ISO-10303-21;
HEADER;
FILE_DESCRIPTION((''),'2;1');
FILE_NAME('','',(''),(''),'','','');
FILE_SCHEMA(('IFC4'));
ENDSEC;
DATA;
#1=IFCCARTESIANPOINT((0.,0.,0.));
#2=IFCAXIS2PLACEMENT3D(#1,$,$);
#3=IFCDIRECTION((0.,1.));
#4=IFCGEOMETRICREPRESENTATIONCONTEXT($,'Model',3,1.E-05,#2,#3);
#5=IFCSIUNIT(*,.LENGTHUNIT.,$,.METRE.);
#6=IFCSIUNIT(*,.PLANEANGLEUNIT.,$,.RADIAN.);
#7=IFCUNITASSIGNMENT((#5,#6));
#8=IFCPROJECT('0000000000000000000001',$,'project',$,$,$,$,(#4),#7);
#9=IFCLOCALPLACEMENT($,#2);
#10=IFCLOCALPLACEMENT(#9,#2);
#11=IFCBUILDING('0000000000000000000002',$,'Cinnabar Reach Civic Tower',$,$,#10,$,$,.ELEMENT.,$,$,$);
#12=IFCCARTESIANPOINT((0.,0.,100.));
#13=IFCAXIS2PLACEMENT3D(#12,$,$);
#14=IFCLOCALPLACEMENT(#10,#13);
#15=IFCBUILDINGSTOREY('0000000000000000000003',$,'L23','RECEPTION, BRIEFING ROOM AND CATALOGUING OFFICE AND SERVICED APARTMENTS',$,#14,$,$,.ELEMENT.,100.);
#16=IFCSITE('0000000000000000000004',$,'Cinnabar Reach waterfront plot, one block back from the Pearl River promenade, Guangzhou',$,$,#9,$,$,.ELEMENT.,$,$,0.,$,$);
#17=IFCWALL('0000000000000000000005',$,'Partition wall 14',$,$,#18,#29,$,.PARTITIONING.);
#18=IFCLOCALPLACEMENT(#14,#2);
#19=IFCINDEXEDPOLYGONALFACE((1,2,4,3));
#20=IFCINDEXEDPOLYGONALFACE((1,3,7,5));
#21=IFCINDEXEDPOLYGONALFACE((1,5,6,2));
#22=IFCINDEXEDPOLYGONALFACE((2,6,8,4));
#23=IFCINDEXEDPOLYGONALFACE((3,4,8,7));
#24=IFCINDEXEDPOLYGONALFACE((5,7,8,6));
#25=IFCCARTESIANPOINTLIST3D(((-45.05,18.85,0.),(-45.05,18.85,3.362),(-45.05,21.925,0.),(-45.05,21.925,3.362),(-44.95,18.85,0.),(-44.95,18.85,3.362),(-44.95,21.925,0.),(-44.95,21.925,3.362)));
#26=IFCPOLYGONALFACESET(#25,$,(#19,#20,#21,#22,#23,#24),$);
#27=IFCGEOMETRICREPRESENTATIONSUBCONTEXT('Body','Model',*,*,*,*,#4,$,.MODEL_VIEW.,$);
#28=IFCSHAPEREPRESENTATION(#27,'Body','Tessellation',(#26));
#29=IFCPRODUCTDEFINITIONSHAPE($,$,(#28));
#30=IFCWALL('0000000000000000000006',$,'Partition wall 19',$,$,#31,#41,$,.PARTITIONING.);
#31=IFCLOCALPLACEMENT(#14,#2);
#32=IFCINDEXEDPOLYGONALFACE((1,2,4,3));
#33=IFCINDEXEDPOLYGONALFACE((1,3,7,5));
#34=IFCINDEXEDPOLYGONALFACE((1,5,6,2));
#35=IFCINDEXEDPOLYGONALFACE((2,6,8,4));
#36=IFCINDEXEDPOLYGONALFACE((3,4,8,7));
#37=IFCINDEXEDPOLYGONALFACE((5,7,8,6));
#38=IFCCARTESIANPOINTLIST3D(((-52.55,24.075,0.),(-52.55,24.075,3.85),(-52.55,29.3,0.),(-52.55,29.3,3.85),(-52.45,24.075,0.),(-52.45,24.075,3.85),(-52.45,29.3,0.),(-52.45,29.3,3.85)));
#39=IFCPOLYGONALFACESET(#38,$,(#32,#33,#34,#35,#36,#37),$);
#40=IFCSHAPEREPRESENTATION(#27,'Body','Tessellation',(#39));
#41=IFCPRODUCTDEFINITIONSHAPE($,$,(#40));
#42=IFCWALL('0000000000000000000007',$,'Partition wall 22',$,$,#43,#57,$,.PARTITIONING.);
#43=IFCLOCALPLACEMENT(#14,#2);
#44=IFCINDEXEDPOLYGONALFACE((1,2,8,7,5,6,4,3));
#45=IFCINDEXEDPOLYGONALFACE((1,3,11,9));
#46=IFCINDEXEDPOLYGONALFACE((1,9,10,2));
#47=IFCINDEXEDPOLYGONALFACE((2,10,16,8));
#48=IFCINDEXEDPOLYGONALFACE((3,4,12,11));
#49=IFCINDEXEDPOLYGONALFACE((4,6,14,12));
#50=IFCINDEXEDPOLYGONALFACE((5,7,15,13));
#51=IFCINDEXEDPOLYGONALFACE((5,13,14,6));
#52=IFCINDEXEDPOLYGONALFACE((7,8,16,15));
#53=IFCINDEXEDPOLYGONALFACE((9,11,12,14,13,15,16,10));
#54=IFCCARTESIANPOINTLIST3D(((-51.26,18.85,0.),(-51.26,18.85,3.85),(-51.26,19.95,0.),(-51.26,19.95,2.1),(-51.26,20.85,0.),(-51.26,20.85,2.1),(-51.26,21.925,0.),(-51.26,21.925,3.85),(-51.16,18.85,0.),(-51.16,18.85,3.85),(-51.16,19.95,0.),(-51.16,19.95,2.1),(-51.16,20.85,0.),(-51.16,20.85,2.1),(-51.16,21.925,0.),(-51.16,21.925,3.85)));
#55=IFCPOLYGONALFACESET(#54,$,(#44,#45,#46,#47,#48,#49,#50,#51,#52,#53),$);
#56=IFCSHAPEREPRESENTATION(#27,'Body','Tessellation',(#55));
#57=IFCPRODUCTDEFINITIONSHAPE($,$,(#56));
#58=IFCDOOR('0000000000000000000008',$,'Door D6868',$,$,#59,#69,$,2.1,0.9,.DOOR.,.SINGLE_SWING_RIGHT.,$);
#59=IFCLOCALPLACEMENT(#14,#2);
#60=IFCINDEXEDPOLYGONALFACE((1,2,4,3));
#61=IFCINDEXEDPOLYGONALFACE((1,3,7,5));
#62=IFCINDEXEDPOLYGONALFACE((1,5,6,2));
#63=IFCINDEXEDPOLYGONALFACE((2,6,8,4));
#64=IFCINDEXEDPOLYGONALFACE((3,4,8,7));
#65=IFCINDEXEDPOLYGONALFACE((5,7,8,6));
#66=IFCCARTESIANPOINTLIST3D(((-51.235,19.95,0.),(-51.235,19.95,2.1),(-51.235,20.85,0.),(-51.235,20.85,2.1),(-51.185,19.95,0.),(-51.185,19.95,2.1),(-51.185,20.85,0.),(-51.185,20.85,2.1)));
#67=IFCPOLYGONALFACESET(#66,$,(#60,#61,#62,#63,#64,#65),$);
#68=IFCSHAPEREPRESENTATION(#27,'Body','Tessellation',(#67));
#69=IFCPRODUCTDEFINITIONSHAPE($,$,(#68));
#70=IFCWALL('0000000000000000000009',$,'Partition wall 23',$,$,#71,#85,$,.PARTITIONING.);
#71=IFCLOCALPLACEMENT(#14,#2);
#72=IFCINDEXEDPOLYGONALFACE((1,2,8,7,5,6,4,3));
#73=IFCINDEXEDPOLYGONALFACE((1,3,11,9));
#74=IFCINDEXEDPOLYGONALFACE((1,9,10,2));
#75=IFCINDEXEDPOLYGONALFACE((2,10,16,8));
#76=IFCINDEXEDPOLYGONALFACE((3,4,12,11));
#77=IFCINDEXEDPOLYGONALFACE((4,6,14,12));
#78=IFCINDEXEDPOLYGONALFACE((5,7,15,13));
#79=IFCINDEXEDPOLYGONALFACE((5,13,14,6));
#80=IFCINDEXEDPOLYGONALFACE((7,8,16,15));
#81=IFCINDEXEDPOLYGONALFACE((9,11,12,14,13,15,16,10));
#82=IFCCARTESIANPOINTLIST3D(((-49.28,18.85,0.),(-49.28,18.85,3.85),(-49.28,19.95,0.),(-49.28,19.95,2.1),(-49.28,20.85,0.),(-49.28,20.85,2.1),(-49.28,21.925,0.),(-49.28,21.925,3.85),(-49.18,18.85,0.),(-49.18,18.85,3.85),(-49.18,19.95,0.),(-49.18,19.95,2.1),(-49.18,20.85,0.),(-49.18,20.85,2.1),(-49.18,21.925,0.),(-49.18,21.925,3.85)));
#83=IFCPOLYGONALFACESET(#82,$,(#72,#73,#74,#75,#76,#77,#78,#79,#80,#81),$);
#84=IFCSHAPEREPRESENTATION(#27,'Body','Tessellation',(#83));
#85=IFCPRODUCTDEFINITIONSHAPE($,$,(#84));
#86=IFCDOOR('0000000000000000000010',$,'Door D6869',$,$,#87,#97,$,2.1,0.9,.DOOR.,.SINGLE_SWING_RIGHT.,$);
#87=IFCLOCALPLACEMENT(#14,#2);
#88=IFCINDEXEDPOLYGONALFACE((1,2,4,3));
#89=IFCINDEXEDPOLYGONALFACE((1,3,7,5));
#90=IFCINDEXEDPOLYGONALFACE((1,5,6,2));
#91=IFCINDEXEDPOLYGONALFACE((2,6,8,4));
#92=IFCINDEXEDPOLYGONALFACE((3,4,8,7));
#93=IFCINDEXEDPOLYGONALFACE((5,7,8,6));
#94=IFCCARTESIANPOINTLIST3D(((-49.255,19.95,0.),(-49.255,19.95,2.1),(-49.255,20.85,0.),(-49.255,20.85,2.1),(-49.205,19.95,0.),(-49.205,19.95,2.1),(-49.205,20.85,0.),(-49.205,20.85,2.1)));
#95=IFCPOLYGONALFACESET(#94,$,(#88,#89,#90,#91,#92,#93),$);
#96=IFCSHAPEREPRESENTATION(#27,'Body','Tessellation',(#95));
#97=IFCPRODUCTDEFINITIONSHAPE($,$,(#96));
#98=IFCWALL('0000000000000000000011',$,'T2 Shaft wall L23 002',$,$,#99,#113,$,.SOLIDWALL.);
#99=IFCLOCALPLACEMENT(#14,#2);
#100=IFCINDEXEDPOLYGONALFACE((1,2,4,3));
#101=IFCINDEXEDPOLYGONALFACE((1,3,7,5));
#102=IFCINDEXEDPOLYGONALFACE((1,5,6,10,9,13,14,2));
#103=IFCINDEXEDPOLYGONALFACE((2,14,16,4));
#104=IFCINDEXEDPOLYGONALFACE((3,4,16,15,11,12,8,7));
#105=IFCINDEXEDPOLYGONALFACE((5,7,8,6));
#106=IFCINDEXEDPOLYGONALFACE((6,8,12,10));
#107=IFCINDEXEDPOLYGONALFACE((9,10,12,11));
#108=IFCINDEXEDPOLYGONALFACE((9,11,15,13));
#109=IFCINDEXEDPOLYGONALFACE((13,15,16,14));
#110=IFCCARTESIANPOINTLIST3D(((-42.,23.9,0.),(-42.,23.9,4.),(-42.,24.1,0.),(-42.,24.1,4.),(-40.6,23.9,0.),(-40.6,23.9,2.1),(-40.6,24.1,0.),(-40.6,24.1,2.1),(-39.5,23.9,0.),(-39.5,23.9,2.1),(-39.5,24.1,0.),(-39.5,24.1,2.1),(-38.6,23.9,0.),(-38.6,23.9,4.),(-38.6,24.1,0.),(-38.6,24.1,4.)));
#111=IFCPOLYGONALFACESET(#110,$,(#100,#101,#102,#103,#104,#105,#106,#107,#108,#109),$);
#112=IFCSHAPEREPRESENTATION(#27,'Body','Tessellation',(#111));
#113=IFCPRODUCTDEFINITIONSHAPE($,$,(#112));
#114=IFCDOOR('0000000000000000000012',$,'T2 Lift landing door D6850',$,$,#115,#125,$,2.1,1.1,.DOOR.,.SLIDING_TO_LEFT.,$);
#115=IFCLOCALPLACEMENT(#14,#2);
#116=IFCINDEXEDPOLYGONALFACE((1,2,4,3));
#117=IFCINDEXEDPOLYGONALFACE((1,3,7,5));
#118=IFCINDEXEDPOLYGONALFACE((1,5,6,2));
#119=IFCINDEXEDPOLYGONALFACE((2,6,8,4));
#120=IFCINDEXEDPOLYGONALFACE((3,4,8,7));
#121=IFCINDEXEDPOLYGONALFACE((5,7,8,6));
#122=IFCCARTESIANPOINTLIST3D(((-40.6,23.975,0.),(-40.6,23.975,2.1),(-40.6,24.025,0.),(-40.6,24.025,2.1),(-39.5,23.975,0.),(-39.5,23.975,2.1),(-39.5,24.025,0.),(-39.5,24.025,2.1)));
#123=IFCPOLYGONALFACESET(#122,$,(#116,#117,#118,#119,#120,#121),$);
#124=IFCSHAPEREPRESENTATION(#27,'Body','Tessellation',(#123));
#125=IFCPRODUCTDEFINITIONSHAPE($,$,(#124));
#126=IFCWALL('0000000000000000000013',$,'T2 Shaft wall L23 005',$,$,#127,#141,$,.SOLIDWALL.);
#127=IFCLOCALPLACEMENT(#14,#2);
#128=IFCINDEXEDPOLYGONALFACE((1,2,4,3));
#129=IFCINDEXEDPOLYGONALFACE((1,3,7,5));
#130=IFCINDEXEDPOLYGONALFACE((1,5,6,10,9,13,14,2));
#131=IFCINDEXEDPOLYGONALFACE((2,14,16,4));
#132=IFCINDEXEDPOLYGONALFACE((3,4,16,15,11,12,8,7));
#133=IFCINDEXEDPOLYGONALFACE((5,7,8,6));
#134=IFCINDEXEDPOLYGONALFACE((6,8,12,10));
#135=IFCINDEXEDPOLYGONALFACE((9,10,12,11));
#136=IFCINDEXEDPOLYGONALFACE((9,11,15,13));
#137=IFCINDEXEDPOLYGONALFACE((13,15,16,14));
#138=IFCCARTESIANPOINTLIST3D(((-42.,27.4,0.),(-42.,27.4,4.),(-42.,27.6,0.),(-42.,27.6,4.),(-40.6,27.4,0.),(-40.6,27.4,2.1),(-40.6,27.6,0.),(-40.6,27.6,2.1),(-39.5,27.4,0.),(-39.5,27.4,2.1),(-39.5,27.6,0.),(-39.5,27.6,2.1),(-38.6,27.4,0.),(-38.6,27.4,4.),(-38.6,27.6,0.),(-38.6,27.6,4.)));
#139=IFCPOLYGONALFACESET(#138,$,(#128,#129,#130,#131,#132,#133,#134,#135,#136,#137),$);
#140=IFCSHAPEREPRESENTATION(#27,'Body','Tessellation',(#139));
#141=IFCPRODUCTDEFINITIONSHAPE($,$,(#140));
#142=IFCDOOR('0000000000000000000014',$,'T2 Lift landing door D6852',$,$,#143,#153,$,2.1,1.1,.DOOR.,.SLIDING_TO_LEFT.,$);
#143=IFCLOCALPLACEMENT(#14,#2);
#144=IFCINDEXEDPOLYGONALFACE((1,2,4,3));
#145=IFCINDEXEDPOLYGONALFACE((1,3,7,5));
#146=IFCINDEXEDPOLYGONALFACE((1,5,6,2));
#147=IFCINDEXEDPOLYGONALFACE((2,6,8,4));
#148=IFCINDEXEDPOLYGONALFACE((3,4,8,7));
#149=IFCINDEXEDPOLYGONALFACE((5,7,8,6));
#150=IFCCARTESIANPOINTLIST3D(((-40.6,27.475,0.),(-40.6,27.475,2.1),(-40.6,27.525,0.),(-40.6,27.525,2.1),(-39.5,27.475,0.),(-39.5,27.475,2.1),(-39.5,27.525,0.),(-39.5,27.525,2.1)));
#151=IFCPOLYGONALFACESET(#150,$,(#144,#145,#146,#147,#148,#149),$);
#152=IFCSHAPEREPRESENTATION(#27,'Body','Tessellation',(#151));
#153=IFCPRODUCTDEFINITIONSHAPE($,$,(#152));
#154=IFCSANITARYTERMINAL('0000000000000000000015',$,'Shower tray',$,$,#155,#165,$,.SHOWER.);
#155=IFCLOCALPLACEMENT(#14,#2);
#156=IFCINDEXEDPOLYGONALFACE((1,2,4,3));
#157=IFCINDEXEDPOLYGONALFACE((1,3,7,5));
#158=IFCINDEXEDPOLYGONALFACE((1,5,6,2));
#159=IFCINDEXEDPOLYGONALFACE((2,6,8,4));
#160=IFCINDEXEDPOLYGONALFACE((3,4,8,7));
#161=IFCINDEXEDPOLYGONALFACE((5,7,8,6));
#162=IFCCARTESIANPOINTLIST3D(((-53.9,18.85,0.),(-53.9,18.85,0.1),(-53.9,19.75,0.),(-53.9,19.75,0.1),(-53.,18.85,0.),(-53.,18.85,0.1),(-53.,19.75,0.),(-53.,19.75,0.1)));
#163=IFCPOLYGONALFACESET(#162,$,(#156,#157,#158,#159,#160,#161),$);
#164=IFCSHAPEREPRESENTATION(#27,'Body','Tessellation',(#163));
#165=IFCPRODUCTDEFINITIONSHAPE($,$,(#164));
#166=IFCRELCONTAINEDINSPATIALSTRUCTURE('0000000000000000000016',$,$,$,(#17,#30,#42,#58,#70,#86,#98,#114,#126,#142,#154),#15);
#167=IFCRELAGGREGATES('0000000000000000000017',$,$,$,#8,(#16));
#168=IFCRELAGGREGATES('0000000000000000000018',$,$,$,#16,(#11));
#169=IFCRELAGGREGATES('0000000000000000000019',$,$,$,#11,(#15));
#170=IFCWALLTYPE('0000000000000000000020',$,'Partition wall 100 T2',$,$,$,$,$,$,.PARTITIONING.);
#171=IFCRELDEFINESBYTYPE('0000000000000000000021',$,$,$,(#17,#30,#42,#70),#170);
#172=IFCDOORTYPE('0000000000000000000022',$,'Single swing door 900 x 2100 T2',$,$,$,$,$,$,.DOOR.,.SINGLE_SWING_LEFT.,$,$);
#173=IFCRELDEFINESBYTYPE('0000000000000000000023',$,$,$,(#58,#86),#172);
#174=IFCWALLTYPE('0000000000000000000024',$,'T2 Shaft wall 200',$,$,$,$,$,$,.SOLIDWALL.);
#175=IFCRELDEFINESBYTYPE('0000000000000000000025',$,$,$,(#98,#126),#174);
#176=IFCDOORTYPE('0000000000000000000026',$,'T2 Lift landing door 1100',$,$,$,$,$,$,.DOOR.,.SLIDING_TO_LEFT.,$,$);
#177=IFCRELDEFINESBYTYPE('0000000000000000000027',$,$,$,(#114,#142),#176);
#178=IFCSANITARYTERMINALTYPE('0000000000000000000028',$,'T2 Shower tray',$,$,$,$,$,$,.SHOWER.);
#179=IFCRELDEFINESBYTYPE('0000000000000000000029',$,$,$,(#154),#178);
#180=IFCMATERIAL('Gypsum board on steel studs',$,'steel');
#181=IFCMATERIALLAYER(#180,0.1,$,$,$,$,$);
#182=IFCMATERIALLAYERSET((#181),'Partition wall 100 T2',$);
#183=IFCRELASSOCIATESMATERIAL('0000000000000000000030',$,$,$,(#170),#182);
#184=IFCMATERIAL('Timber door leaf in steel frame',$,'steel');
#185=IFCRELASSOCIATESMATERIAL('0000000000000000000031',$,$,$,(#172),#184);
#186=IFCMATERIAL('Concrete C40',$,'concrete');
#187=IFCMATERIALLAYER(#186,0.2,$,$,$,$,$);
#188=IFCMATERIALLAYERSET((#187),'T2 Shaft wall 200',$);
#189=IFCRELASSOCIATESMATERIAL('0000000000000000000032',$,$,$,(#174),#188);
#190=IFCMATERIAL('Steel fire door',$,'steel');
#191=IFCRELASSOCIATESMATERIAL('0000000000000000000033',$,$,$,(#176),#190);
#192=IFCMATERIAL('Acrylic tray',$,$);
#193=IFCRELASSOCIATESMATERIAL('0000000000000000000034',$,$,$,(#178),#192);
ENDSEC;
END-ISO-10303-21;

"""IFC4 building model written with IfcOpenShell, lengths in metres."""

from ifc_helpers import new_model, si_unit, direction, frame, frame_2d, origin, origin_2d, place, context, subcontext, project, spatial, rectangle, extrude, material, layer, layer_set, type_object, element, fill, save


model = new_model("IFC4")

# Units and contexts
model_context = context("Model", 3, precision=1e-05, world=origin(), true_north=direction((0.0, 1.0)))
body_context = subcontext(model_context, "Body", "Model", "MODEL_VIEW")
ifc_project = project(units=[si_unit("LENGTHUNIT", "METRE"), si_unit("PLANEANGLEUNIT", "RADIAN")], contexts=[model_context])

# Site, building, storey
site_placement = place(None, origin())
site = spatial("IfcSite", under=ifc_project, at=site_placement, Name="Cinnabar Reach waterfront plot, one block back from the Pearl River promenade, Guangzhou", CompositionType="ELEMENT", RefElevation=0.0)
building_placement = place(site_placement, origin())
building = spatial("IfcBuilding", under=site, at=building_placement, Name="Cinnabar Reach Civic Tower", CompositionType="ELEMENT")
storey_placement = place(building_placement, frame((0.0, 0.0, 100.0)))
storey = spatial("IfcBuildingStorey", under=building, at=storey_placement, Name="L23", Description="RECEPTION, BRIEFING ROOM AND CATALOGUING OFFICE AND SERVICED APARTMENTS", CompositionType="ELEMENT", Elevation=100.0)

# Walls
ifc_material_1 = material(Name="Gypsum board on steel studs", Category="steel")
ifc_layer_1 = layer(ifc_material_1, 0.1)
ifc_layer_set_1 = layer_set([ifc_layer_1], Name="Partition wall 100 T2")
wall_type_1 = type_object("IfcWallType", Name="Partition wall 100 T2", PredefinedType="PARTITIONING", material=ifc_layer_set_1)
wall_1_placement = place(storey_placement, frame((-45.0, 18.85, 0.0), z_axis=(0.0, 0.0, 1.0), x_axis=(0.0, 1.0, 0.0)))
element("IfcWall", 1, at=wall_1_placement, inside=storey, type_object=wall_type_1, Name="Partition wall 14", PredefinedType="PARTITIONING", context=body_context, shape_type="SweptSolid", body=[
    extrude(rectangle(XDim=3.075, YDim=0.1, at=frame_2d((1.5375, 0.0))), origin(), (0.0, 0.0, 1.0), 3.362),
])
wall_2_placement = place(storey_placement, frame((-52.5, 24.075, 0.0), z_axis=(0.0, 0.0, 1.0), x_axis=(0.0, 1.0, 0.0)))
element("IfcWall", 2, at=wall_2_placement, inside=storey, type_object=wall_type_1, Name="Partition wall 19", PredefinedType="PARTITIONING", context=body_context, shape_type="SweptSolid", body=[
    extrude(rectangle(XDim=5.225, YDim=0.1, at=frame_2d((2.6125, 0.0))), origin(), (0.0, 0.0, 1.0), 3.85),
])

# Walls, openings, doors
wall_3_placement = place(storey_placement, frame((-51.21, 18.85, 0.0), z_axis=(0.0, 0.0, 1.0), x_axis=(0.0, 1.0, 0.0)))
wall_3 = element("IfcWall", 3, at=wall_3_placement, inside=storey, type_object=wall_type_1, Name="Partition wall 22", PredefinedType="PARTITIONING", context=body_context, shape_type="SweptSolid", body=[
    extrude(rectangle(XDim=3.075, YDim=0.1, at=frame_2d((1.5375, 0.0))), origin(), (0.0, 0.0, 1.0), 3.85),
])
opening_1_placement = place(wall_3_placement, frame((1.1, 0.0, 0.0)))
opening_1 = element("IfcOpeningElement", 4, at=opening_1_placement, cuts=wall_3, PredefinedType="OPENING", context=body_context, shape_type="SweptSolid", body=[
    extrude(rectangle(XDim=0.9, YDim=2.1, at=frame_2d((0.45, 1.05))), frame((0.0, 0.06, 0.0), z_axis=(0.0, -1.0, 0.0), x_axis=(1.0, 0.0, 0.0)), (0.0, 0.0, 1.0), 0.12),
])
ifc_material_2 = material(Name="Timber door leaf in steel frame", Category="steel")
door_type_1 = type_object("IfcDoorType", Name="Single swing door 900 x 2100 T2", OperationType="SINGLE_SWING_LEFT", PredefinedType="DOOR", material=ifc_material_2)
door_1_placement = place(opening_1_placement, origin())
door_1 = element("IfcDoor", 5, at=door_1_placement, inside=storey, type_object=door_type_1, Name="Door D6868", OperationType="SINGLE_SWING_RIGHT", OverallHeight=2.1, OverallWidth=0.9, PredefinedType="DOOR", context=body_context, shape_type="SweptSolid", body=[
    extrude(rectangle(XDim=0.9, YDim=2.1, at=frame_2d((0.45, 1.05))), frame((0.0, 0.025, 0.0), z_axis=(0.0, -1.0, 0.0), x_axis=(1.0, 0.0, 0.0)), (0.0, 0.0, 1.0), 0.05),
])
fill(opening_1, door_1)
wall_4_placement = place(storey_placement, frame((-49.23, 18.85, 0.0), z_axis=(0.0, 0.0, 1.0), x_axis=(0.0, 1.0, 0.0)))
wall_4 = element("IfcWall", 6, at=wall_4_placement, inside=storey, type_object=wall_type_1, Name="Partition wall 23", PredefinedType="PARTITIONING", context=body_context, shape_type="SweptSolid", body=[
    extrude(rectangle(XDim=3.075, YDim=0.1, at=frame_2d((1.5375, 0.0))), origin(), (0.0, 0.0, 1.0), 3.85),
])
opening_2_placement = place(wall_4_placement, frame((1.1, 0.0, 0.0)))
opening_2 = element("IfcOpeningElement", 7, at=opening_2_placement, cuts=wall_4, PredefinedType="OPENING", context=body_context, shape_type="SweptSolid", body=[
    extrude(rectangle(XDim=0.9, YDim=2.1, at=frame_2d((0.45, 1.05))), frame((0.0, 0.06, 0.0), z_axis=(0.0, -1.0, 0.0), x_axis=(1.0, 0.0, 0.0)), (0.0, 0.0, 1.0), 0.12),
])
door_2_placement = place(opening_2_placement, origin())
door_2 = element("IfcDoor", 8, at=door_2_placement, inside=storey, type_object=door_type_1, Name="Door D6869", OperationType="SINGLE_SWING_RIGHT", OverallHeight=2.1, OverallWidth=0.9, PredefinedType="DOOR", context=body_context, shape_type="SweptSolid", body=[
    extrude(rectangle(XDim=0.9, YDim=2.1, at=frame_2d((0.45, 1.05))), frame((0.0, 0.025, 0.0), z_axis=(0.0, -1.0, 0.0), x_axis=(1.0, 0.0, 0.0)), (0.0, 0.0, 1.0), 0.05),
])
fill(opening_2, door_2)
ifc_material_3 = material(Name="Concrete C40", Category="concrete")
ifc_layer_2 = layer(ifc_material_3, 0.2)
ifc_layer_set_2 = layer_set([ifc_layer_2], Name="T2 Shaft wall 200")
wall_type_2 = type_object("IfcWallType", Name="T2 Shaft wall 200", PredefinedType="SOLIDWALL", material=ifc_layer_set_2)
wall_5_placement = place(storey_placement, frame((-38.6, 24.0, 0.0), z_axis=(0.0, 0.0, 1.0), x_axis=(-1.0, 0.0, 0.0)))
wall_5 = element("IfcWall", 9, at=wall_5_placement, inside=storey, type_object=wall_type_2, Name="T2 Shaft wall L23 002", PredefinedType="SOLIDWALL", context=body_context, shape_type="SweptSolid", body=[
    extrude(rectangle(XDim=3.4, YDim=0.2, at=frame_2d((1.7, 0.0))), origin(), (0.0, 0.0, 1.0), 4.0),
])
opening_3_placement = place(wall_5_placement, frame((0.9, 0.0, 0.0)))
opening_3 = element("IfcOpeningElement", 10, at=opening_3_placement, cuts=wall_5, PredefinedType="OPENING", context=body_context, shape_type="SweptSolid", body=[
    extrude(rectangle(XDim=1.1, YDim=2.1, at=frame_2d((0.55, 1.05))), frame((0.0, 0.11, 0.0), z_axis=(0.0, -1.0, 0.0), x_axis=(1.0, 0.0, 0.0)), (0.0, 0.0, 1.0), 0.22),
])
ifc_material_4 = material(Name="Steel fire door", Category="steel")
door_type_2 = type_object("IfcDoorType", Name="T2 Lift landing door 1100", OperationType="SLIDING_TO_LEFT", PredefinedType="DOOR", material=ifc_material_4)
door_3_placement = place(opening_3_placement, origin())
door_3 = element("IfcDoor", 11, at=door_3_placement, inside=storey, type_object=door_type_2, Name="T2 Lift landing door D6850", OperationType="SLIDING_TO_LEFT", OverallHeight=2.1, OverallWidth=1.1, PredefinedType="DOOR", context=body_context, shape_type="SweptSolid", body=[
    extrude(rectangle(XDim=1.1, YDim=2.1, at=frame_2d((0.55, 1.05))), frame((0.0, 0.025, 0.0), z_axis=(0.0, -1.0, 0.0), x_axis=(1.0, 0.0, 0.0)), (0.0, 0.0, 1.0), 0.05),
])
fill(opening_3, door_3)
wall_6_placement = place(storey_placement, frame((-42.0, 27.5, 0.0), z_axis=(0.0, 0.0, 1.0), x_axis=(1.0, 0.0, 0.0)))
wall_6 = element("IfcWall", 12, at=wall_6_placement, inside=storey, type_object=wall_type_2, Name="T2 Shaft wall L23 005", PredefinedType="SOLIDWALL", context=body_context, shape_type="SweptSolid", body=[
    extrude(rectangle(XDim=3.4, YDim=0.2, at=frame_2d((1.7, 0.0))), origin(), (0.0, 0.0, 1.0), 4.0),
])
opening_4_placement = place(wall_6_placement, frame((1.4, 0.0, 0.0)))
opening_4 = element("IfcOpeningElement", 13, at=opening_4_placement, cuts=wall_6, PredefinedType="OPENING", context=body_context, shape_type="SweptSolid", body=[
    extrude(rectangle(XDim=1.1, YDim=2.1, at=frame_2d((0.55, 1.05))), frame((0.0, 0.11, 0.0), z_axis=(0.0, -1.0, 0.0), x_axis=(1.0, 0.0, 0.0)), (0.0, 0.0, 1.0), 0.22),
])
door_4_placement = place(opening_4_placement, origin())
door_4 = element("IfcDoor", 14, at=door_4_placement, inside=storey, type_object=door_type_2, Name="T2 Lift landing door D6852", OperationType="SLIDING_TO_LEFT", OverallHeight=2.1, OverallWidth=1.1, PredefinedType="DOOR", context=body_context, shape_type="SweptSolid", body=[
    extrude(rectangle(XDim=1.1, YDim=2.1, at=frame_2d((0.55, 1.05))), frame((0.0, 0.025, 0.0), z_axis=(0.0, -1.0, 0.0), x_axis=(1.0, 0.0, 0.0)), (0.0, 0.0, 1.0), 0.05),
])
fill(opening_4, door_4)

# Sanitary terminal
ifc_material_5 = material(Name="Acrylic tray")
sanitary_terminal_type_1 = type_object("IfcSanitaryTerminalType", Name="T2 Shower tray", PredefinedType="SHOWER", material=ifc_material_5)
sanitary_terminal_1_placement = place(storey_placement, frame((-53.45, 19.3, 0.0), z_axis=(0.0, 0.0, 1.0), x_axis=(1.0, 0.0, 0.0)))
element("IfcSanitaryTerminal", 15, at=sanitary_terminal_1_placement, inside=storey, type_object=sanitary_terminal_type_1, Name="Shower tray", PredefinedType="SHOWER", context=body_context, shape_type="SweptSolid", body=[
    extrude(rectangle(XDim=0.9, YDim=0.9, at=origin_2d()), origin(), (0.0, 0.0, 1.0), 0.1),
])

save(model, "model.ifc")
